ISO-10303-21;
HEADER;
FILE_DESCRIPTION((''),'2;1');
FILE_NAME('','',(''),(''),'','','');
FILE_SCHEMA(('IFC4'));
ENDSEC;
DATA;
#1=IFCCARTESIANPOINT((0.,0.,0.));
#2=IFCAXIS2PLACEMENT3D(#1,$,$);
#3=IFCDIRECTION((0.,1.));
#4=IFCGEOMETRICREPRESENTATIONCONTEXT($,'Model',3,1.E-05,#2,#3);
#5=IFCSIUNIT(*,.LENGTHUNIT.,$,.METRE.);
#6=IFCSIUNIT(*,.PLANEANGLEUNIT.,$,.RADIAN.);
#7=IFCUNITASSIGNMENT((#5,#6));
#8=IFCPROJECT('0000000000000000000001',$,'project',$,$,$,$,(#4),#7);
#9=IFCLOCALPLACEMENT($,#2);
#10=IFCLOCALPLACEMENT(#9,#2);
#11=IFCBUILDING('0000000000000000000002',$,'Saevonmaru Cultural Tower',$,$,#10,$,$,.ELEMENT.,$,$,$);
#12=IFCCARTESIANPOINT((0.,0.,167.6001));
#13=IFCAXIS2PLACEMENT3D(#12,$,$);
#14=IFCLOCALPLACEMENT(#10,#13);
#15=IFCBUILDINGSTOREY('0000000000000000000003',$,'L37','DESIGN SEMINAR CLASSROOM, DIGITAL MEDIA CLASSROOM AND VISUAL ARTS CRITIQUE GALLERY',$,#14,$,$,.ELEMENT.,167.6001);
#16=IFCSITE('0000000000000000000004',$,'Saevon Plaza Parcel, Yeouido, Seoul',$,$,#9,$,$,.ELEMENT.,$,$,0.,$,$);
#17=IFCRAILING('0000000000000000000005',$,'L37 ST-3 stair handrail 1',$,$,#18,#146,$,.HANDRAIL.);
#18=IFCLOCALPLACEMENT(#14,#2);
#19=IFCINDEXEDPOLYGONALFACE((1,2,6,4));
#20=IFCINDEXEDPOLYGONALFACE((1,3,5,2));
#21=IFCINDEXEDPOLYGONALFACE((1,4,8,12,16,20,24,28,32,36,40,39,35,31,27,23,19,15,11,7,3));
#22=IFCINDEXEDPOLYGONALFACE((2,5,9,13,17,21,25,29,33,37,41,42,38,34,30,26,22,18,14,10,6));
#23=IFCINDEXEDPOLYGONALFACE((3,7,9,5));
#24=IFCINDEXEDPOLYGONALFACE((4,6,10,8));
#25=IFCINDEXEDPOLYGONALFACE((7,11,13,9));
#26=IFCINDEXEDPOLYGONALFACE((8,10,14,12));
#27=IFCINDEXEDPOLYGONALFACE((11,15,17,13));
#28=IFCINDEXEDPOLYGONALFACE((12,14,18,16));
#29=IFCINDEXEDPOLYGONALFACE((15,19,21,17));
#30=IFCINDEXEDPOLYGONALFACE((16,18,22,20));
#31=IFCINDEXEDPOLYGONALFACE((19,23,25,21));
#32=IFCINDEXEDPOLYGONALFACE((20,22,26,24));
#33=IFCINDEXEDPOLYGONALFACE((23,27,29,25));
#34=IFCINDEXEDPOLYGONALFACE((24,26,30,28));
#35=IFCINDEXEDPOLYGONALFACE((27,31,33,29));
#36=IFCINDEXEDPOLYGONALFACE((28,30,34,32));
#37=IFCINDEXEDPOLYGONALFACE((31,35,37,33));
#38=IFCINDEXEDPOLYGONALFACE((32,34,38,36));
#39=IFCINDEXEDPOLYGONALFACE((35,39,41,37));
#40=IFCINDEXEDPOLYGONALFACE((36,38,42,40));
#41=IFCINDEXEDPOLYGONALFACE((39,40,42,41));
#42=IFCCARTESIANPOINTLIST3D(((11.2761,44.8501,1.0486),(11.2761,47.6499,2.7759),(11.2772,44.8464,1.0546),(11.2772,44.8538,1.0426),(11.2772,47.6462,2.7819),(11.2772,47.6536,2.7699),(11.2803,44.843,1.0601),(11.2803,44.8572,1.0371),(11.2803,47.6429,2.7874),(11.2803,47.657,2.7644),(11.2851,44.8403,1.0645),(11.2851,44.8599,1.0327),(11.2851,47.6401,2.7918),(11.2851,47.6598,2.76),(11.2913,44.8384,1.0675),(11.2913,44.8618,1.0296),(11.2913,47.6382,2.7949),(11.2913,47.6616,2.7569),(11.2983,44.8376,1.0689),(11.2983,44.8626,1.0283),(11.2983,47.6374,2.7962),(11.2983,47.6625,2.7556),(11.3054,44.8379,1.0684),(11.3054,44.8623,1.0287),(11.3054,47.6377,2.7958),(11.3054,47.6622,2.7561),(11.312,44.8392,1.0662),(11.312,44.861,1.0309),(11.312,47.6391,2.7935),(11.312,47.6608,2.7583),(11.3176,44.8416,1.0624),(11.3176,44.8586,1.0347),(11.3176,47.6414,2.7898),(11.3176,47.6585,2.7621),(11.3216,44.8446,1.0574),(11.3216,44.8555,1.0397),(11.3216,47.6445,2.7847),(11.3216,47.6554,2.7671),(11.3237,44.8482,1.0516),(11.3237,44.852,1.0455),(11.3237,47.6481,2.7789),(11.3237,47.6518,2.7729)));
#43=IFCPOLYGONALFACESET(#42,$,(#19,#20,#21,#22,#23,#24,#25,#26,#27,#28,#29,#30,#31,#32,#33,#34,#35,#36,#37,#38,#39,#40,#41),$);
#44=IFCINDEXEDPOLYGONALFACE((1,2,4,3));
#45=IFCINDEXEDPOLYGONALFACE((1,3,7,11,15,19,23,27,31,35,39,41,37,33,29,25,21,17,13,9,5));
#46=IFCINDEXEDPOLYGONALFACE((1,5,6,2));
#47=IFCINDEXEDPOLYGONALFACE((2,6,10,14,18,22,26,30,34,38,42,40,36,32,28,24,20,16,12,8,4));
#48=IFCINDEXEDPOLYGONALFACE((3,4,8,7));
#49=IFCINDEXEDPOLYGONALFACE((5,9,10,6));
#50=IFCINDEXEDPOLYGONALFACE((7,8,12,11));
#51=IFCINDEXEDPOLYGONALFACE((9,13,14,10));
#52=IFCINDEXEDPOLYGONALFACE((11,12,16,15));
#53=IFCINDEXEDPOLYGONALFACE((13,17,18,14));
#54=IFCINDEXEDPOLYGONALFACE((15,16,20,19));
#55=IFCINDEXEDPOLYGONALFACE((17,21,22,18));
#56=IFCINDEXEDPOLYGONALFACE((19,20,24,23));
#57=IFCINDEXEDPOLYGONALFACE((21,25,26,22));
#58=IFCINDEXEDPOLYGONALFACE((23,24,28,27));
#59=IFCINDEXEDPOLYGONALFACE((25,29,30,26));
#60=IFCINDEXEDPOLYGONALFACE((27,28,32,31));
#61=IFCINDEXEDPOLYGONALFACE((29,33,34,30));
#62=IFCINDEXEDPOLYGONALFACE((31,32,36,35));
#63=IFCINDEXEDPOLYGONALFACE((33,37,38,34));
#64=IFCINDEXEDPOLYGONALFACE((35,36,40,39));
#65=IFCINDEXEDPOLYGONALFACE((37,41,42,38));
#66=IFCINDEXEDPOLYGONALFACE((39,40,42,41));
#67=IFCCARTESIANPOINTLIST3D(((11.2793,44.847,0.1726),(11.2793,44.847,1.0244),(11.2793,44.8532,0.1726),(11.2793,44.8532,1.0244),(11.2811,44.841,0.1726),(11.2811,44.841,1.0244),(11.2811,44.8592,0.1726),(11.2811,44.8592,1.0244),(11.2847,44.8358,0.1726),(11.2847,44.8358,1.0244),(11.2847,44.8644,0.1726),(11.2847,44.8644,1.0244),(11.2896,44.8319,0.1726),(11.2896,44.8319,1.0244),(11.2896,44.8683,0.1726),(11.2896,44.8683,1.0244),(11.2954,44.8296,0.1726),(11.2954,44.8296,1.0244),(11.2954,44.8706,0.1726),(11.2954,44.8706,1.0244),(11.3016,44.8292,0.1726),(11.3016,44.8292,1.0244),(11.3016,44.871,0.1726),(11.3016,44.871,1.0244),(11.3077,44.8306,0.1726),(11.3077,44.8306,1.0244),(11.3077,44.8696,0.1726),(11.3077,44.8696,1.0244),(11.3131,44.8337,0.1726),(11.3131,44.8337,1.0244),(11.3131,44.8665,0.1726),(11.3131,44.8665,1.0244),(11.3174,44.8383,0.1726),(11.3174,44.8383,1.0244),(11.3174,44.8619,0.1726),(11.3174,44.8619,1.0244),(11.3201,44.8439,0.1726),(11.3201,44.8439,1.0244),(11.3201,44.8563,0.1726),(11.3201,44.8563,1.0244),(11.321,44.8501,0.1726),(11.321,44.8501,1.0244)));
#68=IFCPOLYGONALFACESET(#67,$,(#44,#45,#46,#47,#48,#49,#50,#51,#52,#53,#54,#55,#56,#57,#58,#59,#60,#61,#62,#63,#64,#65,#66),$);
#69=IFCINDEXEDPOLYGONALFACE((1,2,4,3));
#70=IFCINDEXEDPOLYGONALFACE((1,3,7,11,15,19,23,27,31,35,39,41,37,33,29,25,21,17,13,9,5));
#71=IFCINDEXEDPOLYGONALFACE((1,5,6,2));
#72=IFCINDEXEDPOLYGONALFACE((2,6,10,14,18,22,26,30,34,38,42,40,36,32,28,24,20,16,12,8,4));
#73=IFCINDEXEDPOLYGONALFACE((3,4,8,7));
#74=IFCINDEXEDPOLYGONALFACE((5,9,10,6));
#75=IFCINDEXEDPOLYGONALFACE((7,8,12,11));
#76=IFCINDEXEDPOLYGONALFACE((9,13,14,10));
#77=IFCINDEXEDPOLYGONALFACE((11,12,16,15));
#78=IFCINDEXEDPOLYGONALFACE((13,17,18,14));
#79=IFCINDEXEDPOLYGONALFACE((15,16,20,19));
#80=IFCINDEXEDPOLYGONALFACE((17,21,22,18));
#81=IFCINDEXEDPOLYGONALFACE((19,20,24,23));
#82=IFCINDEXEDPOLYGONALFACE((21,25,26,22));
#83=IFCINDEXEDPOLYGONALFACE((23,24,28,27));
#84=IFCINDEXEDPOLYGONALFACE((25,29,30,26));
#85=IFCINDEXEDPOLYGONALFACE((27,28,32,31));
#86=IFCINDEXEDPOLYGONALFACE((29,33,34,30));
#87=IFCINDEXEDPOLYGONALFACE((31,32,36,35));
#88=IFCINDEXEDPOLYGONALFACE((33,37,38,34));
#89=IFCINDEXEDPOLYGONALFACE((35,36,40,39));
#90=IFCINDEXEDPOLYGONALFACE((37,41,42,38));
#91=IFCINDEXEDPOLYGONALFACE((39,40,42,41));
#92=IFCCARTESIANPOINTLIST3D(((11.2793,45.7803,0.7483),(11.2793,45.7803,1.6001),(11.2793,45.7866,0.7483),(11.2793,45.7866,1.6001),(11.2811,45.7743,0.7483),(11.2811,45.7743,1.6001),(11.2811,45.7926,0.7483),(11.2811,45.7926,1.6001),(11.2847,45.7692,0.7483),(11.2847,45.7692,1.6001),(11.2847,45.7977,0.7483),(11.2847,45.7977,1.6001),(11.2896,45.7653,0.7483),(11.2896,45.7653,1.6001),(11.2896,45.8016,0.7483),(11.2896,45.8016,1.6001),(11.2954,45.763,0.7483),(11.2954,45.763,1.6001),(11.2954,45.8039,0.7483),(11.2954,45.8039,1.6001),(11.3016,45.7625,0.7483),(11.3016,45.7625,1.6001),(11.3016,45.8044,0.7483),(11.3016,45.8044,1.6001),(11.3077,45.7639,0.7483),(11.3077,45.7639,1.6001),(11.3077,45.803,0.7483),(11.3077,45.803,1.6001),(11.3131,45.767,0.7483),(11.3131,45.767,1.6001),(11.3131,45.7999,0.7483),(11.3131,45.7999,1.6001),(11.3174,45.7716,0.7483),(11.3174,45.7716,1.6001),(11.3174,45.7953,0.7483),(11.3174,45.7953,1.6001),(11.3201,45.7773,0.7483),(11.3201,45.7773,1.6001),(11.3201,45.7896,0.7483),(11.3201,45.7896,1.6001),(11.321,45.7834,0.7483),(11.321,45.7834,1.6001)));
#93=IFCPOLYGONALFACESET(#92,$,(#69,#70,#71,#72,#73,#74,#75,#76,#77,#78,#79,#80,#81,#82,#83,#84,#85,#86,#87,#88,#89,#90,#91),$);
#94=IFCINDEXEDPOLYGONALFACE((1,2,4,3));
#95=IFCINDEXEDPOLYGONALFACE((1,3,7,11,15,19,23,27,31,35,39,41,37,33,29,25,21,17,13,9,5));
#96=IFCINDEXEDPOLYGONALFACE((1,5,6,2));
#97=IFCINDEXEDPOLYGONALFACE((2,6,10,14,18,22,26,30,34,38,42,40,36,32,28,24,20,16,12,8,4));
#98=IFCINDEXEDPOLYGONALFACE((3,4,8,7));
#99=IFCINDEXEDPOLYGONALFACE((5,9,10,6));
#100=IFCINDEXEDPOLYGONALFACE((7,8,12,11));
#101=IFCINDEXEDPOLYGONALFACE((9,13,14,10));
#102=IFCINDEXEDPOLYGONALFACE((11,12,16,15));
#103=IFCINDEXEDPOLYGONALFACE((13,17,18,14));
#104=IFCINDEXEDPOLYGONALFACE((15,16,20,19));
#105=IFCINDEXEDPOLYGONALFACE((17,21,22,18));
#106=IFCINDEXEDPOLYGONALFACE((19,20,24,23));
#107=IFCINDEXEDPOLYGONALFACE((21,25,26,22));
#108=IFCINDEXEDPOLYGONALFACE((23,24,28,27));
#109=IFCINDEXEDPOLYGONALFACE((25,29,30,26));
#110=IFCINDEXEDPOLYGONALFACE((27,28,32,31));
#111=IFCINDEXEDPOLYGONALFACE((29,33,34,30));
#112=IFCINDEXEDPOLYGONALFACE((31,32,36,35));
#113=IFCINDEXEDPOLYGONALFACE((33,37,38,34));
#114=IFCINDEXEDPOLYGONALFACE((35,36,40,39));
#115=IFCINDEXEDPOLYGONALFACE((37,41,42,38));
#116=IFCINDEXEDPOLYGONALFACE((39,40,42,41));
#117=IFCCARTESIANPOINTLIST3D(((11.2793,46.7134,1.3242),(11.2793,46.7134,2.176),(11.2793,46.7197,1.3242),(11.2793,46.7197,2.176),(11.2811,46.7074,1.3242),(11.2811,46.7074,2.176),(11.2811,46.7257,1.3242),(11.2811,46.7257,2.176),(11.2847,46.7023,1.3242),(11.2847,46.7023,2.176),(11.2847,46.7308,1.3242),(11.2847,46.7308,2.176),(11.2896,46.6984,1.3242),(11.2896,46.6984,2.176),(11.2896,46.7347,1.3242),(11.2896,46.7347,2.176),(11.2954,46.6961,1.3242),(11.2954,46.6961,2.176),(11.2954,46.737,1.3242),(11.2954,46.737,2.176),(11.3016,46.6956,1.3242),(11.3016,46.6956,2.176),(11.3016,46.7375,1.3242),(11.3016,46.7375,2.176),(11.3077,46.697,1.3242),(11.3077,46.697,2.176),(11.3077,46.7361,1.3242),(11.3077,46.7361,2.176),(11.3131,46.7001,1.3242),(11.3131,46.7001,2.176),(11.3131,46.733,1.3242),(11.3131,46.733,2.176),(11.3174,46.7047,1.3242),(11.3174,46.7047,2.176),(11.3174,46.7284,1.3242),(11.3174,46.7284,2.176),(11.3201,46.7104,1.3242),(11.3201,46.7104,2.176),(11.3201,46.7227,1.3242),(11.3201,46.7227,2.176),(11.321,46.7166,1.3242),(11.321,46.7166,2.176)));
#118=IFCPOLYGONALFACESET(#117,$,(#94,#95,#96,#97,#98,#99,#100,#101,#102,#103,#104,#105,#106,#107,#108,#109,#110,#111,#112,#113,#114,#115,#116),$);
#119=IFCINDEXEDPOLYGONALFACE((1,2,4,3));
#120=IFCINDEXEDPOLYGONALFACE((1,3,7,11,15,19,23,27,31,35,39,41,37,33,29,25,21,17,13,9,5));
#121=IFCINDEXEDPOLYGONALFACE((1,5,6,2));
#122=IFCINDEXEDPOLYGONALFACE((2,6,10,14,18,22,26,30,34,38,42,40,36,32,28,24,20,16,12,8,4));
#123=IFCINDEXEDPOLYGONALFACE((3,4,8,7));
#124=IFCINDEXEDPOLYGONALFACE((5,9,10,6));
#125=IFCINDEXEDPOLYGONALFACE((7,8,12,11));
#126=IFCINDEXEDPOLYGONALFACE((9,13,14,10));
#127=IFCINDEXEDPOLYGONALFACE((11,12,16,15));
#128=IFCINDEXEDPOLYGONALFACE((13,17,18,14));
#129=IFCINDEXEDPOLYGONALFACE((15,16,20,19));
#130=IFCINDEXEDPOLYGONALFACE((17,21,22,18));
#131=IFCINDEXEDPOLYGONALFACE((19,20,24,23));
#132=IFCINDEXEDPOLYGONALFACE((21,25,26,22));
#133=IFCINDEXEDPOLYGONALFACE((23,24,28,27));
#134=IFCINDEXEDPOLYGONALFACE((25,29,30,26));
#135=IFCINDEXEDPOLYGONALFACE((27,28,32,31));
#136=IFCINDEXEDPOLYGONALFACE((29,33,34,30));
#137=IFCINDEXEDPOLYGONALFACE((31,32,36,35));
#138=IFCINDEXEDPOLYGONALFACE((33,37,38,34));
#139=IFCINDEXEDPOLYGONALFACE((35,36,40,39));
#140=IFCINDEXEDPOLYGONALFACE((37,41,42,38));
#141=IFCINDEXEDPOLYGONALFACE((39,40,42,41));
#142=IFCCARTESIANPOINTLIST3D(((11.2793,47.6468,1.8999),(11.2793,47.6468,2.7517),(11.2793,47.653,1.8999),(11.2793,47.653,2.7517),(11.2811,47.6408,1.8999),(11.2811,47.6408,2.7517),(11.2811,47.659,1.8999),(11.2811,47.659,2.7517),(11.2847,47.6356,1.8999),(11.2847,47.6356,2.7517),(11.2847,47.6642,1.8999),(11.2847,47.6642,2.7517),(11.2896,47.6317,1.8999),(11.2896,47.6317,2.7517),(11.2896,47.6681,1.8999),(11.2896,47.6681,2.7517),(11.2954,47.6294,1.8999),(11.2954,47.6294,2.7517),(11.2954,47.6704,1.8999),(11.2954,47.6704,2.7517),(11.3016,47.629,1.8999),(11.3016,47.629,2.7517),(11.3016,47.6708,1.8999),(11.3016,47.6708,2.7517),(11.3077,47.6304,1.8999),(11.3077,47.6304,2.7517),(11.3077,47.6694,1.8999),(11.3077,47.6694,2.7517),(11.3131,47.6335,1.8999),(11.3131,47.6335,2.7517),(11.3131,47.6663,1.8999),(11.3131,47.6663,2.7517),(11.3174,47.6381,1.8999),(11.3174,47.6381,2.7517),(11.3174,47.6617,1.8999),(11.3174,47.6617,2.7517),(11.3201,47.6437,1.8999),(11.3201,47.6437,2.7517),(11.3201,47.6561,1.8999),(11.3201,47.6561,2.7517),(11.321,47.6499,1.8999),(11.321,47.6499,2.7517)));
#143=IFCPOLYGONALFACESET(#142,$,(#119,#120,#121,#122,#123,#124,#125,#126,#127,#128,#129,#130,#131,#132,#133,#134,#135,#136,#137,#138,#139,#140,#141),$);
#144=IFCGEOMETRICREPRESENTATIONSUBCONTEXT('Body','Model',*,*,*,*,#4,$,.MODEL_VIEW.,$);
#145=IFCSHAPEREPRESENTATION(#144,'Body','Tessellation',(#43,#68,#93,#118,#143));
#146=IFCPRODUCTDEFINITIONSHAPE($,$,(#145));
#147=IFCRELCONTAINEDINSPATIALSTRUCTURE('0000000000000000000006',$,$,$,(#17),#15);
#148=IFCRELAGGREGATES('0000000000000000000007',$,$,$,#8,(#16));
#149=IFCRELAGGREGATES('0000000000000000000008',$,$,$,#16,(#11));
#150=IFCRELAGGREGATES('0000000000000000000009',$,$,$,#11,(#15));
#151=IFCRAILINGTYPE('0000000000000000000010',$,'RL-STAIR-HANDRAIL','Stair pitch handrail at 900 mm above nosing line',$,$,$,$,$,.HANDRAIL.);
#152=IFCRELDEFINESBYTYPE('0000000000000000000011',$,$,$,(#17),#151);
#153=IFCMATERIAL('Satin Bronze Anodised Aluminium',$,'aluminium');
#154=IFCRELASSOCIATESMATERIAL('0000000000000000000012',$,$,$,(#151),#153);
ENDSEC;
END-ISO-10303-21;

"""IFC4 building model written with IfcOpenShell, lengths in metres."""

from ifc_helpers import new_model, si_unit, direction, frame, origin, origin_2d, place, context, subcontext, project, spatial, circle, extrude, material, type_object, element, save


model = new_model("IFC4")

# Units and contexts
model_context = context("Model", 3, precision=1e-05, world=origin(), true_north=direction((0.0, 1.0)))
body_context = subcontext(model_context, "Body", "Model", "MODEL_VIEW")
ifc_project = project(units=[si_unit("LENGTHUNIT", "METRE"), si_unit("PLANEANGLEUNIT", "RADIAN")], contexts=[model_context])

# Site, building, storey
site_placement = place(None, origin())
site = spatial("IfcSite", under=ifc_project, at=site_placement, Name="Saevon Plaza Parcel, Yeouido, Seoul", CompositionType="ELEMENT", RefElevation=0.0)
building_placement = place(site_placement, origin())
building = spatial("IfcBuilding", under=site, at=building_placement, Name="Saevonmaru Cultural Tower", CompositionType="ELEMENT")
storey_placement = place(building_placement, frame((0.0, 0.0, 167.6001)))
storey = spatial("IfcBuildingStorey", under=building, at=storey_placement, Name="L37", Description="DESIGN SEMINAR CLASSROOM, DIGITAL MEDIA CLASSROOM AND VISUAL ARTS CRITIQUE GALLERY", CompositionType="ELEMENT", Elevation=167.6001)

# Shared definitions
ifc_material_1 = material(Name="Satin Bronze Anodised Aluminium", Category="aluminium")

# Railing
railing_type_1 = type_object("IfcRailingType", Name="RL-STAIR-HANDRAIL", Description="Stair pitch handrail at 900 mm above nosing line", PredefinedType="HANDRAIL", material=ifc_material_1)
railing_1_placement = place(storey_placement, frame((11.3, 44.8501, 0.1726)))
element("IfcRailing", 1, at=railing_1_placement, inside=storey, type_object=railing_type_1, Name="L37 ST-3 stair handrail 1", PredefinedType="HANDRAIL", context=body_context, shape_type="SweptSolid", body=[
    extrude(circle(Radius=0.0239, at=origin_2d()), frame((0.0, 0.0, 0.876), z_axis=(0.0, 0.851069, 0.525054), x_axis=(-1.0, 0.0, 0.0)), (0.0, 0.0, 1.0), 3.2898),
    extrude(circle(Radius=0.021, at=origin_2d()), origin(), (0.0, 0.0, 1.0), 0.8518),
    extrude(circle(Radius=0.021, at=origin_2d()), frame((0.0, 0.9333, 0.5757)), (0.0, 0.0, 1.0), 0.8518),
    extrude(circle(Radius=0.021, at=origin_2d()), frame((0.0, 1.8665, 1.1516)), (0.0, 0.0, 1.0), 0.8518),
    extrude(circle(Radius=0.021, at=origin_2d()), frame((0.0, 2.7998, 1.7273)), (0.0, 0.0, 1.0), 0.8518),
])

save(model, "model.ifc")
